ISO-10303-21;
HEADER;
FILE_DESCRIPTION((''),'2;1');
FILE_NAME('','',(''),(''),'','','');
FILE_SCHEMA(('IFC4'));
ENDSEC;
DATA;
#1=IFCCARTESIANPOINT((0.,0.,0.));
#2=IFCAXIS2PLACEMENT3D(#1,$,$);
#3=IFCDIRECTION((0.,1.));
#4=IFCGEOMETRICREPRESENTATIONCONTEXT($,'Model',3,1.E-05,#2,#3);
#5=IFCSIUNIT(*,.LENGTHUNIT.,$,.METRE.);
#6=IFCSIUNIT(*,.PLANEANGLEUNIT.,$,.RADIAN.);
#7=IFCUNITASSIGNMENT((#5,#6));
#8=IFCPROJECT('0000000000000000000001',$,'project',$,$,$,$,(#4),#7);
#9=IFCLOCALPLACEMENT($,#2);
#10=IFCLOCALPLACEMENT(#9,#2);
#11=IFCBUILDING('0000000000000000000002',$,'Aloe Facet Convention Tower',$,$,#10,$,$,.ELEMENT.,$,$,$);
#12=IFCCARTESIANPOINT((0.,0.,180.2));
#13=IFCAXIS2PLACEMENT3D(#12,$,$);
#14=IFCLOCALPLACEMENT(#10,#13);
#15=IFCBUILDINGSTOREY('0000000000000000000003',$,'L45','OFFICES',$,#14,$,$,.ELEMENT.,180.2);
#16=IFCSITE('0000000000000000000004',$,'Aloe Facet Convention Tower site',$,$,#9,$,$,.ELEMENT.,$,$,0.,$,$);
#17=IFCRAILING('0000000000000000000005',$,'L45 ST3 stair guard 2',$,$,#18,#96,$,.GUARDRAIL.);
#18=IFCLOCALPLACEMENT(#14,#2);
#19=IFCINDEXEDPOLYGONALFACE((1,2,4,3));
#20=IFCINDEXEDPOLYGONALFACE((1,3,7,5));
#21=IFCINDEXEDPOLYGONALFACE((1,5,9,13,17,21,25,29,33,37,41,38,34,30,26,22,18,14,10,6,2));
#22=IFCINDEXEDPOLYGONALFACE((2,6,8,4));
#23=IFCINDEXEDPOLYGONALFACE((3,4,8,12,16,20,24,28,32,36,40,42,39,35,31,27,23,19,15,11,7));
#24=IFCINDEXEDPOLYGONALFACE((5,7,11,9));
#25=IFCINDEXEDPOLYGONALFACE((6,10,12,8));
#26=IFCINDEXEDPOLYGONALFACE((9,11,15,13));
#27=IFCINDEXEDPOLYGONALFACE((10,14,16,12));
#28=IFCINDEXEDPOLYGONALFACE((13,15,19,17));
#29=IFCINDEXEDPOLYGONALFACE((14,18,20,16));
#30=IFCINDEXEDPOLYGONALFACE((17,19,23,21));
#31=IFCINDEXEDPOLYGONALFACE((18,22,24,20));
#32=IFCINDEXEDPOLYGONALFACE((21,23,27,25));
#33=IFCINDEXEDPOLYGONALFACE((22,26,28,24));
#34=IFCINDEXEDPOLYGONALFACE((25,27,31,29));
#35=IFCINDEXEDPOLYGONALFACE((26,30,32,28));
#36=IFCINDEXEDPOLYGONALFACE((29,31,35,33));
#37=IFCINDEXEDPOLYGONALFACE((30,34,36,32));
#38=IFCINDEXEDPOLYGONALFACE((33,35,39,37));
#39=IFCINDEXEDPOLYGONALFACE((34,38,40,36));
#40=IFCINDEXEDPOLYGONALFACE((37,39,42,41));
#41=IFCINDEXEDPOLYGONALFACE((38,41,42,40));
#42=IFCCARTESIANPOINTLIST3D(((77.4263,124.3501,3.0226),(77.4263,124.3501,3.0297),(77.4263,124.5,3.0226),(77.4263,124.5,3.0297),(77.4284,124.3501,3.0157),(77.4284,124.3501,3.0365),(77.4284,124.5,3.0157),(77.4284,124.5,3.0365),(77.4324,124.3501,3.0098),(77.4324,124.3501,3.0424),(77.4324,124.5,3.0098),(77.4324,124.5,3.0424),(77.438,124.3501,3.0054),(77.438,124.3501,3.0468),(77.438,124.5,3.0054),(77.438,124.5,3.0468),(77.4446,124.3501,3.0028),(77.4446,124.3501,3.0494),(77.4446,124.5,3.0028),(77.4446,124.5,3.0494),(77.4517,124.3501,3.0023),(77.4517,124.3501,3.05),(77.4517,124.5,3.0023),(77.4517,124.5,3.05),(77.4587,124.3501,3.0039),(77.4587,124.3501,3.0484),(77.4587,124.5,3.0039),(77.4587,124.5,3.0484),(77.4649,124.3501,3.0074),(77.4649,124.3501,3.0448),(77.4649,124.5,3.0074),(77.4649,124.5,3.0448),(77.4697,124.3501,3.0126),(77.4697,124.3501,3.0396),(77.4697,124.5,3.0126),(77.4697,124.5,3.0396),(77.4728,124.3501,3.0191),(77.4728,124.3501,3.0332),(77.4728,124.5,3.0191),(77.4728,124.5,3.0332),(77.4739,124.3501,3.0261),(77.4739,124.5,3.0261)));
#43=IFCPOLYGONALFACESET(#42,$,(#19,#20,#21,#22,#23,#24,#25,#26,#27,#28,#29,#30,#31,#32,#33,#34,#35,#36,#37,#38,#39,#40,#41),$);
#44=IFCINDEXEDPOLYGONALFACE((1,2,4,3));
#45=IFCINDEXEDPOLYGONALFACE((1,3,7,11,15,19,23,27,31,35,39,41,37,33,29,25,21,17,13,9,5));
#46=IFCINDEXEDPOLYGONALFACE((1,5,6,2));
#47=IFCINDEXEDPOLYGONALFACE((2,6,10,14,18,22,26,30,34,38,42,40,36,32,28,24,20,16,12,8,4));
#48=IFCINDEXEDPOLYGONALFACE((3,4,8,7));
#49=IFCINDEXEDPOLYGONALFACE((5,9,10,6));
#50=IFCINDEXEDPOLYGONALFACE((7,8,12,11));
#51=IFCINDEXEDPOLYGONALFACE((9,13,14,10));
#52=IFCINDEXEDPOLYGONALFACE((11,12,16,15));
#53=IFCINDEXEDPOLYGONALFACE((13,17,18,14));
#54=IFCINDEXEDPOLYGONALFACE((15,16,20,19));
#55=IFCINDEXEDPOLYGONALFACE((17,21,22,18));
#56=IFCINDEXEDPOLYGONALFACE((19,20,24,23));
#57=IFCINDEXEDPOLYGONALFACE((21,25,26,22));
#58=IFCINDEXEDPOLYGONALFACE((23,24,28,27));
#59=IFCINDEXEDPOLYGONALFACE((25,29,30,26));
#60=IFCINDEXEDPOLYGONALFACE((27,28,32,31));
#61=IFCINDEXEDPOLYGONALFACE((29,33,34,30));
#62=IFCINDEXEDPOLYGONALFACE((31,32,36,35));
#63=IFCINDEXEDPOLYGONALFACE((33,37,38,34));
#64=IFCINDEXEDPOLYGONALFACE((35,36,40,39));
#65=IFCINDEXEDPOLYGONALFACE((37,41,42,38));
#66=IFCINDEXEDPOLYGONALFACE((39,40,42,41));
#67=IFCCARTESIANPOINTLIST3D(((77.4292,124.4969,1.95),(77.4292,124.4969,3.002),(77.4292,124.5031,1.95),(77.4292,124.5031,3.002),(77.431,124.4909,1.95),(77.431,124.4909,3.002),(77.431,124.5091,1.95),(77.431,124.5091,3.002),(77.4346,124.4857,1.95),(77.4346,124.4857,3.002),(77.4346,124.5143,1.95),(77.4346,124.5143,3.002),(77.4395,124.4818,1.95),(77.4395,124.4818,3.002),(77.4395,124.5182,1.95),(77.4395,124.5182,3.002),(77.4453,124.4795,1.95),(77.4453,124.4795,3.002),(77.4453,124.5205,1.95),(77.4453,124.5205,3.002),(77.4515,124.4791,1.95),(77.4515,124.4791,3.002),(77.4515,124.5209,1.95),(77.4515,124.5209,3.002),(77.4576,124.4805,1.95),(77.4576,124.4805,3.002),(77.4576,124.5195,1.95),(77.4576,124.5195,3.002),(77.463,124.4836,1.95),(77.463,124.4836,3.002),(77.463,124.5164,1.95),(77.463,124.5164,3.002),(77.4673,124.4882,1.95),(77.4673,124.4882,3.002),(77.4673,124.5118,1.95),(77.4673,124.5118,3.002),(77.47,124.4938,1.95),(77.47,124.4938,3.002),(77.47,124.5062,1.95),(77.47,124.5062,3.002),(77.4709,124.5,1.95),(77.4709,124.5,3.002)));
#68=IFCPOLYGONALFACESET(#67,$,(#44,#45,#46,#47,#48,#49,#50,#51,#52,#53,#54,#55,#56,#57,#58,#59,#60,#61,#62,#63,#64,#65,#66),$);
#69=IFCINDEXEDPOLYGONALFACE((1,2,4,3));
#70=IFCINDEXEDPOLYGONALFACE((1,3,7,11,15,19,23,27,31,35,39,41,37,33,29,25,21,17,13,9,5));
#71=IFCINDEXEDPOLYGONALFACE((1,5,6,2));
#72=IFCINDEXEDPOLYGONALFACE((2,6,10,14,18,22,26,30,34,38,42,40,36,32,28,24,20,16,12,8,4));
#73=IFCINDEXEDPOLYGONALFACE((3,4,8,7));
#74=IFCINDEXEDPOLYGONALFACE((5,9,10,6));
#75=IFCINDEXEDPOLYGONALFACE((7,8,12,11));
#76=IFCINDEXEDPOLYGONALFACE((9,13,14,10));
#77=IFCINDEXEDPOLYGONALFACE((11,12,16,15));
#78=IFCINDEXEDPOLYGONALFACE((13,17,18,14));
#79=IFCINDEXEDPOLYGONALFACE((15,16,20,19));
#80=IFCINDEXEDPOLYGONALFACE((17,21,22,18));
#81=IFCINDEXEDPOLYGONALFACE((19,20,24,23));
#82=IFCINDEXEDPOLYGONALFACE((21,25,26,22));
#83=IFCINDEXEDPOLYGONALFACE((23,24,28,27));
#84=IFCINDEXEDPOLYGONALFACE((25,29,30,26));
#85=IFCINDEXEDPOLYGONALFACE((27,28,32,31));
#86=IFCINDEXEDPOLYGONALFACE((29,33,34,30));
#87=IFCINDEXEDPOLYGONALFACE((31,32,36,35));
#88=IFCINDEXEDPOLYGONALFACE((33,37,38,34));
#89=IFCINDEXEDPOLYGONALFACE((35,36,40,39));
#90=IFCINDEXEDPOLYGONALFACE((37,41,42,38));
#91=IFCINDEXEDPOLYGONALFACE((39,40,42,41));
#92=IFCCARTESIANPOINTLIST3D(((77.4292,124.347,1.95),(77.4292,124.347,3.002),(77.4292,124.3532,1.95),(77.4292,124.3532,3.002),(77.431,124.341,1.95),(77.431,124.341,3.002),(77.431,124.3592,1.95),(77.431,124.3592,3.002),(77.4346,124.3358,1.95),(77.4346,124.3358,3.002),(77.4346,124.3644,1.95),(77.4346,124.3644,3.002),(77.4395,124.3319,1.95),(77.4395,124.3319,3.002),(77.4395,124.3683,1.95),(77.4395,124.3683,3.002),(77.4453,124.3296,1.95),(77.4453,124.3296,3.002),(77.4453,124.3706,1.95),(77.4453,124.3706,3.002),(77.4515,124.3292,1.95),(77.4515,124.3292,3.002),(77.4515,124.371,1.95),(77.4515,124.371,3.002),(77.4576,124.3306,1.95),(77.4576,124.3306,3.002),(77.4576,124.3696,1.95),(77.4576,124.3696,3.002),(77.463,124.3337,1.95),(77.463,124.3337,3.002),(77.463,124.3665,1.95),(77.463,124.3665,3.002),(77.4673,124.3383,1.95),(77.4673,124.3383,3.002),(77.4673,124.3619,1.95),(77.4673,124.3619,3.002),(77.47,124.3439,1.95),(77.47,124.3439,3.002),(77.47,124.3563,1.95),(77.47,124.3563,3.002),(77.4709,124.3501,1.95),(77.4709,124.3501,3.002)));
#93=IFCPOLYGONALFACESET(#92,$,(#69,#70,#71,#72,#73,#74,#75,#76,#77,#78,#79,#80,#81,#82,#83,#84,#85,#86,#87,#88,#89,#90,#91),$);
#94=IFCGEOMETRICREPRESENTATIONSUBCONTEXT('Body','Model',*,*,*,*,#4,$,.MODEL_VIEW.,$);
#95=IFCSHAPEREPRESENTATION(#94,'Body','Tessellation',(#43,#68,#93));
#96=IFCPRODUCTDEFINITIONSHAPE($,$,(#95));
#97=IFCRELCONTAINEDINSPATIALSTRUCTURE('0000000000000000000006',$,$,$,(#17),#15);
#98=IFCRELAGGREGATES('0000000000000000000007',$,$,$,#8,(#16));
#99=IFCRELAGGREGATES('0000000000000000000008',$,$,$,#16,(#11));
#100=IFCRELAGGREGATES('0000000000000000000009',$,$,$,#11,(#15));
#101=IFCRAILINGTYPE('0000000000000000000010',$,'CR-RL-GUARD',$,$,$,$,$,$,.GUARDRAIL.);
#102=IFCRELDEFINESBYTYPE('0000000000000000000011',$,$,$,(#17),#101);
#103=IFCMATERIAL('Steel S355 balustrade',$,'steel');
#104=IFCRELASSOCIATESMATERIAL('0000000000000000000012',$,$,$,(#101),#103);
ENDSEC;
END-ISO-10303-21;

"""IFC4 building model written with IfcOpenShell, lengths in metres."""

from ifc_helpers import new_model, si_unit, direction, frame, origin, origin_2d, place, context, subcontext, project, spatial, circle, extrude, material, type_object, element, save


model = new_model("IFC4")

# Units and contexts
model_context = context("Model", 3, precision=1e-05, world=origin(), true_north=direction((0.0, 1.0)))
body_context = subcontext(model_context, "Body", "Model", "MODEL_VIEW")
ifc_project = project(units=[si_unit("LENGTHUNIT", "METRE"), si_unit("PLANEANGLEUNIT", "RADIAN")], contexts=[model_context])

# Site, building, storey
site_placement = place(None, origin())
site = spatial("IfcSite", under=ifc_project, at=site_placement, Name="Aloe Facet Convention Tower site", CompositionType="ELEMENT", RefElevation=0.0)
building_placement = place(site_placement, origin())
building = spatial("IfcBuilding", under=site, at=building_placement, Name="Aloe Facet Convention Tower", CompositionType="ELEMENT")
storey_placement = place(building_placement, frame((0.0, 0.0, 180.2)))
storey = spatial("IfcBuildingStorey", under=building, at=storey_placement, Name="L45", Description="OFFICES", CompositionType="ELEMENT", Elevation=180.2)

# Railing
ifc_material_1 = material(Name="Steel S355 balustrade", Category="steel")
railing_type_1 = type_object("IfcRailingType", Name="CR-RL-GUARD", PredefinedType="GUARDRAIL", material=ifc_material_1)
railing_1_placement = place(storey_placement, frame((77.45, 124.5, 1.95)))
element("IfcRailing", 1, at=railing_1_placement, inside=storey, type_object=railing_type_1, Name="L45 ST3 stair guard 2", PredefinedType="GUARDRAIL", context=body_context, shape_type="SweptSolid", body=[
    extrude(circle(Radius=0.0239, at=origin_2d()), frame((0.0, 0.0, 1.0762), z_axis=(0.0, -1.0, 0.0), x_axis=(1.0, 0.0, 0.0)), (0.0, 0.0, 1.0), 0.1499),
    extrude(circle(Radius=0.021, at=origin_2d()), origin(), (0.0, 0.0, 1.0), 1.052),
    extrude(circle(Radius=0.021, at=origin_2d()), frame((0.0, -0.1499, 0.0)), (0.0, 0.0, 1.0), 1.052),
])

save(model, "model.ifc")
